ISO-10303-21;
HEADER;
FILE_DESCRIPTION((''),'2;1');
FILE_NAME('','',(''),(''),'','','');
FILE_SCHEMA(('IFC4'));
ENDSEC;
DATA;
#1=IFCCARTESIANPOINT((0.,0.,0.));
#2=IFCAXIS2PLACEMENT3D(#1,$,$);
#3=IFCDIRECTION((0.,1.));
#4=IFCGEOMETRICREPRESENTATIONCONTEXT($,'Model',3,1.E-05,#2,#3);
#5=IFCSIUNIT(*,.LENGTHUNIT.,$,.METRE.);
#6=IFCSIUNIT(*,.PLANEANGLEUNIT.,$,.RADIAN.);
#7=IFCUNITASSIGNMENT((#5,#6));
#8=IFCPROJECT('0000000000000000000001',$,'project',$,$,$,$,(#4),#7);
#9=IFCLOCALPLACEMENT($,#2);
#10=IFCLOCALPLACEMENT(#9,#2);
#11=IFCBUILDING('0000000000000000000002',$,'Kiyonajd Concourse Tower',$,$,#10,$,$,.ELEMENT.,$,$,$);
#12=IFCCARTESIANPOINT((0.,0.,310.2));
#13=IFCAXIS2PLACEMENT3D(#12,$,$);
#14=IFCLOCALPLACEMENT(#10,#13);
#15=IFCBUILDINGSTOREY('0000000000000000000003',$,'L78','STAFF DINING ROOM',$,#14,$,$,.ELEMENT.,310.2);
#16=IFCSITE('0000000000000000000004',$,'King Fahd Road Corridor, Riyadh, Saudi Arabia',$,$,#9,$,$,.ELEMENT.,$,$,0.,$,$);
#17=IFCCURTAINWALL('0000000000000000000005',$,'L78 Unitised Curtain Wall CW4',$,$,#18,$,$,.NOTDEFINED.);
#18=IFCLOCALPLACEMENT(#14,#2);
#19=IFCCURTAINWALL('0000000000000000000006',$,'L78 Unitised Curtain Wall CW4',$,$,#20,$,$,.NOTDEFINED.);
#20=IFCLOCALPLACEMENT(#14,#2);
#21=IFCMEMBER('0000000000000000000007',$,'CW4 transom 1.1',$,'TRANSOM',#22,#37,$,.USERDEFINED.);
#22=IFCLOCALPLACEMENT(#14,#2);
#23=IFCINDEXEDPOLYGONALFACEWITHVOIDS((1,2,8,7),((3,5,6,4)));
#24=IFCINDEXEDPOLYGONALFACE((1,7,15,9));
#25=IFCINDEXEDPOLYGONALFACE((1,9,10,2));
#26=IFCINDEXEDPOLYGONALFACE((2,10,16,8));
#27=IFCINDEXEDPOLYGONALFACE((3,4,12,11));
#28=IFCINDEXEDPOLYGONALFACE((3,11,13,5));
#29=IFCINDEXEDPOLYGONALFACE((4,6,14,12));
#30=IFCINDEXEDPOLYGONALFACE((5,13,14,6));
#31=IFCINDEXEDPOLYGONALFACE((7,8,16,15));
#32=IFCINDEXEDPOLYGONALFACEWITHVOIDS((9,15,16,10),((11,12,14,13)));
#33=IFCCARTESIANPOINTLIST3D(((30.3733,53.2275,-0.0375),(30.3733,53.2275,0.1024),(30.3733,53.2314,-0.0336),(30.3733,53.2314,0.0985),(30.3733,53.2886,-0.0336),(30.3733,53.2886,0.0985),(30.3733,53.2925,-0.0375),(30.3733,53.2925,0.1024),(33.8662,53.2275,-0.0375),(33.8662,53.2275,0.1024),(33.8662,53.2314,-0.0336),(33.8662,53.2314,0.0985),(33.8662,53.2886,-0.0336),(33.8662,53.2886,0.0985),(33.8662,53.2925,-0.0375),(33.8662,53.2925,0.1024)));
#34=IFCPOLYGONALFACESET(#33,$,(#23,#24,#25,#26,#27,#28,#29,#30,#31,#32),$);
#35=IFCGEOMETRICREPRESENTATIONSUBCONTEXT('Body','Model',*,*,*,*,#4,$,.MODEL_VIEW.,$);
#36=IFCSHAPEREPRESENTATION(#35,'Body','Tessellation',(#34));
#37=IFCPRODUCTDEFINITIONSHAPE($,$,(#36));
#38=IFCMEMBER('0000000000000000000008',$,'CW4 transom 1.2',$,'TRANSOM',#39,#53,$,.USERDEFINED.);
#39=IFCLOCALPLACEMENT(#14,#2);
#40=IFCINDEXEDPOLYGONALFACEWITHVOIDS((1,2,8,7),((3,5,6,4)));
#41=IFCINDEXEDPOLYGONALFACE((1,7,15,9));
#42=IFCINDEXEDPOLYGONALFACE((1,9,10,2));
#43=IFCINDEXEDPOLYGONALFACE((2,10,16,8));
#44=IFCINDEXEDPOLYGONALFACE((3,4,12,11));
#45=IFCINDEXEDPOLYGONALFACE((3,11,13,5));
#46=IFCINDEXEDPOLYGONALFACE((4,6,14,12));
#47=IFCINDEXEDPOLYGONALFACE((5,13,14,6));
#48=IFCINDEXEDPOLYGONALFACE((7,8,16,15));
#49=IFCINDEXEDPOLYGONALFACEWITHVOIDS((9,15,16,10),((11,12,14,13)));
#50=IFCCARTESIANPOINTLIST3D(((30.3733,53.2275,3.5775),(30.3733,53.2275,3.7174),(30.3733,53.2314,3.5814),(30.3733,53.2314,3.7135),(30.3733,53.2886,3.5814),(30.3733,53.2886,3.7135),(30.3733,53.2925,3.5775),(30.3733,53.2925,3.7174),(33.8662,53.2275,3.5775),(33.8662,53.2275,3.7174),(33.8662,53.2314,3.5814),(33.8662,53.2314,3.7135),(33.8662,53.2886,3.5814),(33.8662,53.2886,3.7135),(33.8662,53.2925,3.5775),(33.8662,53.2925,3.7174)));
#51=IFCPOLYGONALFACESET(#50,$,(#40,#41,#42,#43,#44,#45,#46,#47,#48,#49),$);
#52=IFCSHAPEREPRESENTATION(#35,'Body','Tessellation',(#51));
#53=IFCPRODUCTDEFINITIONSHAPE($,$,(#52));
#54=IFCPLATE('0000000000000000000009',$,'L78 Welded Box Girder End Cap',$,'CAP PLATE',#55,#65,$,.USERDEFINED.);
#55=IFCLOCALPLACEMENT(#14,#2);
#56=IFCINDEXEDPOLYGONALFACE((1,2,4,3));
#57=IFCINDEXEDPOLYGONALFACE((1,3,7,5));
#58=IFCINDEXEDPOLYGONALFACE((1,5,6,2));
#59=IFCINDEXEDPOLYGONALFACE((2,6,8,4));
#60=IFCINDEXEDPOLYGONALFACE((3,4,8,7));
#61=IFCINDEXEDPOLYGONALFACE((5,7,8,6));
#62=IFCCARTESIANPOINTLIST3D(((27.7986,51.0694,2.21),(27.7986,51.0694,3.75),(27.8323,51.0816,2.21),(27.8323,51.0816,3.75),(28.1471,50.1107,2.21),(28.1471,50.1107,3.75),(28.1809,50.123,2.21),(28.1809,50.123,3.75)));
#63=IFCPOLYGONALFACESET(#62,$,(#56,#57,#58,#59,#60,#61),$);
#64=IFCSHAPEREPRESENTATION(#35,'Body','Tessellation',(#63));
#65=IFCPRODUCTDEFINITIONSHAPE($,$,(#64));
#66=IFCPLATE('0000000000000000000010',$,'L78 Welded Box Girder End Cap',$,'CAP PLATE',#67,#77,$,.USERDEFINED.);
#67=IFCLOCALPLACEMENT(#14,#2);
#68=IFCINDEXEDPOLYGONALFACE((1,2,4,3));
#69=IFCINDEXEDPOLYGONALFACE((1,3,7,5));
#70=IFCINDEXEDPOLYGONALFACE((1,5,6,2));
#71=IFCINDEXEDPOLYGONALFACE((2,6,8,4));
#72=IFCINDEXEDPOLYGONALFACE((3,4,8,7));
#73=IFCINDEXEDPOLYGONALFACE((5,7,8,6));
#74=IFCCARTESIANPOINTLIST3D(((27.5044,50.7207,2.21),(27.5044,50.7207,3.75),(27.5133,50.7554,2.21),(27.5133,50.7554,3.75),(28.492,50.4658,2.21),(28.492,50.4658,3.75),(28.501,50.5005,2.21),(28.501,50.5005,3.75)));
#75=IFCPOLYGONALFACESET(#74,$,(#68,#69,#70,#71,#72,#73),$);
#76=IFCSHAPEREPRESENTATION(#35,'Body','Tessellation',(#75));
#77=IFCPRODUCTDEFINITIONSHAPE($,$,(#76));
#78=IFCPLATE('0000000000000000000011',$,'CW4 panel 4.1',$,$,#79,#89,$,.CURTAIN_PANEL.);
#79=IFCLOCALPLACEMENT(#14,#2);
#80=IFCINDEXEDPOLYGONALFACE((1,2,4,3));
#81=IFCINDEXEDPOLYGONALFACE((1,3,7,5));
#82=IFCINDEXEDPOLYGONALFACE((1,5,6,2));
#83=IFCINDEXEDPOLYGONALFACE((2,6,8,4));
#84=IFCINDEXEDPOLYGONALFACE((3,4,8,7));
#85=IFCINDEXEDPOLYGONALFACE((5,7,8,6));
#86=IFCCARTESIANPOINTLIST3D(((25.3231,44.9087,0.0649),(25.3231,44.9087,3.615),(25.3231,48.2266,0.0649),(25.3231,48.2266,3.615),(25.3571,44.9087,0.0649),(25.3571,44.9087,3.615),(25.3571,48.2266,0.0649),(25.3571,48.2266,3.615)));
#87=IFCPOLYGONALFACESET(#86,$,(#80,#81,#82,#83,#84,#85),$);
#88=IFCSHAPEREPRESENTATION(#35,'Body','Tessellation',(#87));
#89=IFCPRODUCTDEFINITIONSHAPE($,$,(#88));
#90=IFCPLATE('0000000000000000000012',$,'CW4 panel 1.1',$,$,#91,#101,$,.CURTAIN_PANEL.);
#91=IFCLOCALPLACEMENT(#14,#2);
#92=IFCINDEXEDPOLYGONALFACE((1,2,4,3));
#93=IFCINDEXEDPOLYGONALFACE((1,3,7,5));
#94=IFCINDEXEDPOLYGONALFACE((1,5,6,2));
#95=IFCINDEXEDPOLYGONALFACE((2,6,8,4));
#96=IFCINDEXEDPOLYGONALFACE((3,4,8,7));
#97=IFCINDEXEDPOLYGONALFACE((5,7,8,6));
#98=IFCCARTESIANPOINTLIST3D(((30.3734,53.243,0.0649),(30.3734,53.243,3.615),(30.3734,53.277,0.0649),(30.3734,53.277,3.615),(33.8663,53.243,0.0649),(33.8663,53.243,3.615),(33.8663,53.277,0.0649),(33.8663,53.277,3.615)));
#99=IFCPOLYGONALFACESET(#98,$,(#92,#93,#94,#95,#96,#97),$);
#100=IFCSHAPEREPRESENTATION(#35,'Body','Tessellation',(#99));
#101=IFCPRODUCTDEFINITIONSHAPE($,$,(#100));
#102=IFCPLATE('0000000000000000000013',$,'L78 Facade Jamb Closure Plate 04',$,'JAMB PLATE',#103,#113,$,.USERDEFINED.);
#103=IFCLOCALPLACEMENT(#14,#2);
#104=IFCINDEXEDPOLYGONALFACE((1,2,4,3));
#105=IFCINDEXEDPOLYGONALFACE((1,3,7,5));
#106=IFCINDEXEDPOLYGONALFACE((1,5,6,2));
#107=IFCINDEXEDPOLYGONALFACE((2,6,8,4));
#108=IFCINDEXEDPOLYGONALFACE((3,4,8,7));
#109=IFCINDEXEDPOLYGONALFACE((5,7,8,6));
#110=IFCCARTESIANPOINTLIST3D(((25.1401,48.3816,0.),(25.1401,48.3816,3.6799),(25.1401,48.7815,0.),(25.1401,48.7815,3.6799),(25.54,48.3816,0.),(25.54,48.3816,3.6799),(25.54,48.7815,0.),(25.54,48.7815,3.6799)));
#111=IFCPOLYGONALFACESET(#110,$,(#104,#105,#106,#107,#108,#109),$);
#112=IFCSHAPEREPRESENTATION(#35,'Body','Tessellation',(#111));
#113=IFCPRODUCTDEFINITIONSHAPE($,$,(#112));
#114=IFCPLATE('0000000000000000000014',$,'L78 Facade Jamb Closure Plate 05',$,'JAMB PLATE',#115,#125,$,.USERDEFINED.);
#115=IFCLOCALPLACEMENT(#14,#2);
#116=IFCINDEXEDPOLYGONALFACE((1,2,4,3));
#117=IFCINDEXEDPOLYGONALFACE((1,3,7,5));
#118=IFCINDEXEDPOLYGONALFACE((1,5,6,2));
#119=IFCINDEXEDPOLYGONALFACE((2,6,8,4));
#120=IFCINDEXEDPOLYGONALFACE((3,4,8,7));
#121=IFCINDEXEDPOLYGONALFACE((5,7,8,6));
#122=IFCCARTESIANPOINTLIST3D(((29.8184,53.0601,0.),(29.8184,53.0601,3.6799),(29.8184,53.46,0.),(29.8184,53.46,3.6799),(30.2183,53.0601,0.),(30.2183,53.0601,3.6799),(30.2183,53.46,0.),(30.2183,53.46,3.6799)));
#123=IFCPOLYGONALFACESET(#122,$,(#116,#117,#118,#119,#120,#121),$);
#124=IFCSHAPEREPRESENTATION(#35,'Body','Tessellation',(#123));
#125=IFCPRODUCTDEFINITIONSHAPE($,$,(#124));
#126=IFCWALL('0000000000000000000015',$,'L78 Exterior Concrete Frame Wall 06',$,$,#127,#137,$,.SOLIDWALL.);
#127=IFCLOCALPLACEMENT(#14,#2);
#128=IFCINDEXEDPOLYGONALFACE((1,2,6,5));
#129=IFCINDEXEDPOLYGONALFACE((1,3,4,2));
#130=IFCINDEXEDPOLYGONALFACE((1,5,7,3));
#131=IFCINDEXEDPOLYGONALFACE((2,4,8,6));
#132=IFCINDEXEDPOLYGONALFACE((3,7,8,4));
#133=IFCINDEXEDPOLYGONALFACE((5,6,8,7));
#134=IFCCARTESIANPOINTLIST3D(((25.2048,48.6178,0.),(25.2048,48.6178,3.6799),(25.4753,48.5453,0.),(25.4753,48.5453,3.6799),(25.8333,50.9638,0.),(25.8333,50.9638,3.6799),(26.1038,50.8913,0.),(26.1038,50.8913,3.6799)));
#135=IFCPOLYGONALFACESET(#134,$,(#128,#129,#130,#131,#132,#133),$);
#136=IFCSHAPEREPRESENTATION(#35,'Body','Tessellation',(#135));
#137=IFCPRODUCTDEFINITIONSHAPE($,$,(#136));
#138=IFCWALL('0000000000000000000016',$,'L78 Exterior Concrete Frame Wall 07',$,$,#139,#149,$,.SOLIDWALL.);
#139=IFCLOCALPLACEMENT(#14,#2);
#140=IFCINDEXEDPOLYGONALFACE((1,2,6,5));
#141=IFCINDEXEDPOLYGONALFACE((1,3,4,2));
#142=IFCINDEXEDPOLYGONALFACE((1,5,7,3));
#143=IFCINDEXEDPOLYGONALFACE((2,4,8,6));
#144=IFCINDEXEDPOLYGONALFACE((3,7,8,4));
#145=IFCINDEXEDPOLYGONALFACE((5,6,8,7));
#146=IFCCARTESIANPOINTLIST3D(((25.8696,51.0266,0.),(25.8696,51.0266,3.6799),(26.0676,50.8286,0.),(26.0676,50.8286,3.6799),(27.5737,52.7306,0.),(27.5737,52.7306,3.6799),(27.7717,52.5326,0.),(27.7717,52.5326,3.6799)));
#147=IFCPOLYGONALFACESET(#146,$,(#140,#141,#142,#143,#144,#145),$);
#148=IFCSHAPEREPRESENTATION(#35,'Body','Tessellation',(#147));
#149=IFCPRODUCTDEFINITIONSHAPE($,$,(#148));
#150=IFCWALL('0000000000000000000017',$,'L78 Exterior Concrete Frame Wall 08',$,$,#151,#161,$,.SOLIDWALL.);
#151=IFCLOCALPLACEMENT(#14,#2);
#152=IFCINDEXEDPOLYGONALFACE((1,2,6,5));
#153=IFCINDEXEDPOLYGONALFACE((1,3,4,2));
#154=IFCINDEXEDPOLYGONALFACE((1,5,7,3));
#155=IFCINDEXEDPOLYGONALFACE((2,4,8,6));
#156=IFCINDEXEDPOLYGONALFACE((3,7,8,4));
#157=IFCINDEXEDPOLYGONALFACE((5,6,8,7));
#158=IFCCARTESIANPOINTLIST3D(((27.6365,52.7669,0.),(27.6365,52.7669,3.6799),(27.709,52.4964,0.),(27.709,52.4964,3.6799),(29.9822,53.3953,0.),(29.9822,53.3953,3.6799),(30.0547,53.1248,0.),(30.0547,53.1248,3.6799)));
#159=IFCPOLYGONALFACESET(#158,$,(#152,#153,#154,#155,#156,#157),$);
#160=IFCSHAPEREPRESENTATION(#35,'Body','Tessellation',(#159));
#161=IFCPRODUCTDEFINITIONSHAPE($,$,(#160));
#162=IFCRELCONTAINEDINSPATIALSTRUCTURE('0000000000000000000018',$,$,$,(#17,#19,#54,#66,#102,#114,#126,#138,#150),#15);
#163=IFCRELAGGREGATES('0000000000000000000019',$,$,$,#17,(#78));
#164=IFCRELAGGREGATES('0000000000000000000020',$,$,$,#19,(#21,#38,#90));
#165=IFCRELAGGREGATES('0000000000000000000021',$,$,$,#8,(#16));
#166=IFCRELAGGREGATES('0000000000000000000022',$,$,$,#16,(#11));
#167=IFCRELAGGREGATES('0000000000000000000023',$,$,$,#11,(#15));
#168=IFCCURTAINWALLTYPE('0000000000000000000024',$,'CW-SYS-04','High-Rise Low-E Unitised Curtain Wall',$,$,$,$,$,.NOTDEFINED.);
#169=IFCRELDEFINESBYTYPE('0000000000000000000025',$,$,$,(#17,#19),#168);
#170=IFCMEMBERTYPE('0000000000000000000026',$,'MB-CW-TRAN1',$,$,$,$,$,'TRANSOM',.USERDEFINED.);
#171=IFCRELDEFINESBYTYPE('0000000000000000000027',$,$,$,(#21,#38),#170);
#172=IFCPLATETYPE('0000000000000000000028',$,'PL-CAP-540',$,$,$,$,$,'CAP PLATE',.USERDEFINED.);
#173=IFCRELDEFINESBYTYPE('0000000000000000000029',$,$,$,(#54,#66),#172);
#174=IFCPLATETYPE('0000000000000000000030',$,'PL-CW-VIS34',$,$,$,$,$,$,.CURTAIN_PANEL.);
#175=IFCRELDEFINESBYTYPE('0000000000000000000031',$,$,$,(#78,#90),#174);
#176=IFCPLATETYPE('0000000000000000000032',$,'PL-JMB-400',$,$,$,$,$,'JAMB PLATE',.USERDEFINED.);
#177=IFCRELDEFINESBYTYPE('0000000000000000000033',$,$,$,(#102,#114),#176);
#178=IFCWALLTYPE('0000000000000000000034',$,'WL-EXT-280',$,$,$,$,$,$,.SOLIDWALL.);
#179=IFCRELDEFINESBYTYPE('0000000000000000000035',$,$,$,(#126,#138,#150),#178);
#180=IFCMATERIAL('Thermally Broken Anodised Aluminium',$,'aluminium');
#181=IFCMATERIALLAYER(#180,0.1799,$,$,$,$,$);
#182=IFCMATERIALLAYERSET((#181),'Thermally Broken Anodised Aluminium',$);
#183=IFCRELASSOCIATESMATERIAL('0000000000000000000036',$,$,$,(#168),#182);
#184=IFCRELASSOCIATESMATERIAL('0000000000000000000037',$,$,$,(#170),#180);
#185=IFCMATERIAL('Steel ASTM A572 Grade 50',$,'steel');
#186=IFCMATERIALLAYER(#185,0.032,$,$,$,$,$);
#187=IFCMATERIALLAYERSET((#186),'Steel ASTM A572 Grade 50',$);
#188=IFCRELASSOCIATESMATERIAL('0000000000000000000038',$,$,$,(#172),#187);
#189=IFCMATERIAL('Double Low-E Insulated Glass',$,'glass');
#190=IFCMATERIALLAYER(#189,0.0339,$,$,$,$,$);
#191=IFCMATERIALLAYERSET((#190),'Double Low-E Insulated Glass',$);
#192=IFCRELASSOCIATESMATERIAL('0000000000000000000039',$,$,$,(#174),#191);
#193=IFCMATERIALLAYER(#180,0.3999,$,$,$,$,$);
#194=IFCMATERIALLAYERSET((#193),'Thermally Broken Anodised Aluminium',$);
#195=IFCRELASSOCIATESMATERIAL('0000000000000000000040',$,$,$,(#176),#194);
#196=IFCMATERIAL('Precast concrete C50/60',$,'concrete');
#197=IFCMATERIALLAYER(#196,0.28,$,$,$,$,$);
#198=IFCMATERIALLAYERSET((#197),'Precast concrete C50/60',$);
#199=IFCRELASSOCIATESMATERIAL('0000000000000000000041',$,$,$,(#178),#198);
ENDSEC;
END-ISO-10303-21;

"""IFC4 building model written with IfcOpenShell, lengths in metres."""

from ifc_helpers import new_model, si_unit, direction, frame, frame_2d, origin, origin_2d, place, context, subcontext, project, spatial, rectangle, hollow_rectangle, extrude, material, layer, layer_set, material_profile, profile_set, type_object, element, aggregate, save


model = new_model("IFC4")

# Units and contexts
model_context = context("Model", 3, precision=1e-05, world=origin(), true_north=direction((0.0, 1.0)))
body_context = subcontext(model_context, "Body", "Model", "MODEL_VIEW")
ifc_project = project(units=[si_unit("LENGTHUNIT", "METRE"), si_unit("PLANEANGLEUNIT", "RADIAN")], contexts=[model_context])

# Site, building, storey
site_placement = place(None, origin())
site = spatial("IfcSite", under=ifc_project, at=site_placement, Name="King Fahd Road Corridor, Riyadh, Saudi Arabia", CompositionType="ELEMENT", RefElevation=0.0)
building_placement = place(site_placement, origin())
building = spatial("IfcBuilding", under=site, at=building_placement, Name="Kiyonajd Concourse Tower", CompositionType="ELEMENT")
storey_placement = place(building_placement, frame((0.0, 0.0, 310.2)))
storey = spatial("IfcBuildingStorey", under=building, at=storey_placement, Name="L78", Description="STAFF DINING ROOM", CompositionType="ELEMENT", Elevation=310.2)

# Shared definitions
ifc_material_1 = material(Name="Steel ASTM A572 Grade 50", Category="steel")

# Curtain wall
ifc_material_2 = material(Name="Thermally Broken Anodised Aluminium", Category="aluminium")
ifc_layer_1 = layer(ifc_material_2, 0.1799)
ifc_layer_set_1 = layer_set([ifc_layer_1], Name="Thermally Broken Anodised Aluminium")
curtain_wall_type = type_object("IfcCurtainWallType", Name="CW-SYS-04", Description="High-Rise Low-E Unitised Curtain Wall", PredefinedType="NOTDEFINED", material=ifc_layer_set_1)
curtain_wall_1_placement = place(storey_placement, origin())
curtain_wall_1 = element("IfcCurtainWall", 1, at=curtain_wall_1_placement, inside=storey, type_object=curtain_wall_type, Name="L78 Unitised Curtain Wall CW4", PredefinedType="NOTDEFINED")

# Curtain wall
curtain_wall_2_placement = place(storey_placement, origin())
curtain_wall_2 = element("IfcCurtainWall", 2, at=curtain_wall_2_placement, inside=storey, type_object=curtain_wall_type, Name="L78 Unitised Curtain Wall CW4", PredefinedType="NOTDEFINED")

# Members
ifc_material_profile_1 = material_profile(ifc_material_2, hollow_rectangle(XDim=0.0649, YDim=0.1399, WallThickness=0.0039, at=origin_2d()), Name="TRAN-65x140")
ifc_profile_set_1 = profile_set([ifc_material_profile_1], Name="Thermally Broken Anodised Aluminium")
member_type_1 = type_object("IfcMemberType", Name="MB-CW-TRAN1", ElementType="TRANSOM", PredefinedType="USERDEFINED", material=ifc_profile_set_1)
member_1_placement = place(storey_placement, frame((30.3733, 53.26, 0.0325), z_axis=(1.0, 0.0, 0.0), x_axis=(0.0, 1.0, 0.0)))
member_1 = element("IfcMember", 3, at=member_1_placement, type_object=member_type_1, Name="CW4 transom 1.1", ObjectType="TRANSOM", PredefinedType="USERDEFINED", context=body_context, shape_type="SweptSolid", body=[
    extrude(hollow_rectangle(XDim=0.0649, YDim=0.1399, WallThickness=0.0039, at=origin_2d()), origin(), (0.0, 0.0, 1.0), 3.4929),
])
member_2_placement = place(storey_placement, frame((30.3733, 53.26, 3.6475), z_axis=(1.0, 0.0, 0.0), x_axis=(0.0, 1.0, 0.0)))
member_2 = element("IfcMember", 4, at=member_2_placement, type_object=member_type_1, Name="CW4 transom 1.2", ObjectType="TRANSOM", PredefinedType="USERDEFINED", context=body_context, shape_type="SweptSolid", body=[
    extrude(hollow_rectangle(XDim=0.0649, YDim=0.1399, WallThickness=0.0039, at=origin_2d()), origin(), (0.0, 0.0, 1.0), 3.4929),
])

# Plates
ifc_layer_2 = layer(ifc_material_1, 0.032)
ifc_layer_set_2 = layer_set([ifc_layer_2], Name="Steel ASTM A572 Grade 50")
plate_type_1 = type_object("IfcPlateType", Name="PL-CAP-540", ElementType="CAP PLATE", PredefinedType="USERDEFINED", material=ifc_layer_set_2)
for number, where, z_axis, x_axis, name in (
    (5, (27.9897, 50.5962, 2.21), (0.0, 0.0, 1.0), (-0.939812, -0.341692, 0.0), "L78 Welded Box Girder End Cap"),
    (6, (28.0027, 50.6106, 2.21), (0.0, 0.0, 1.0), (0.249873, 0.968279, 0.0), "L78 Welded Box Girder End Cap"),
):
    element("IfcPlate", number, at=place(storey_placement, frame(where, z_axis=z_axis, x_axis=x_axis)), inside=storey, type_object=plate_type_1, Name=name, ObjectType="CAP PLATE", PredefinedType="USERDEFINED", context=body_context, shape_type="SweptSolid", body=[
        extrude(rectangle(XDim=0.0359, YDim=1.02, at=origin_2d()), origin(), (0.0, 0.0, 1.0), 1.54),
    ])

# Plates
ifc_material_3 = material(Name="Double Low-E Insulated Glass", Category="glass")
ifc_layer_3 = layer(ifc_material_3, 0.0339)
ifc_layer_set_3 = layer_set([ifc_layer_3], Name="Double Low-E Insulated Glass")
plate_type_2 = type_object("IfcPlateType", Name="PL-CW-VIS34", PredefinedType="CURTAIN_PANEL", material=ifc_layer_set_3)
plate_1_placement = place(storey_placement, frame((25.3401, 46.5676, 0.0649), z_axis=(0.0, 0.0, 1.0), x_axis=(0.0, 1.0, 0.0)))
plate_1 = element("IfcPlate", 7, at=plate_1_placement, type_object=plate_type_2, Name="CW4 panel 4.1", PredefinedType="CURTAIN_PANEL", context=body_context, shape_type="SweptSolid", body=[
    extrude(rectangle(XDim=3.3179, YDim=0.0339, at=origin_2d()), origin(), (0.0, 0.0, 1.0), 3.55),
])
aggregate(curtain_wall_1, [plate_1])
plate_2_placement = place(storey_placement, frame((32.1199, 53.26, 0.0649), z_axis=(0.0, 0.0, 1.0), x_axis=(1.0, 0.0, 0.0)))
plate_2 = element("IfcPlate", 8, at=plate_2_placement, type_object=plate_type_2, Name="CW4 panel 1.1", PredefinedType="CURTAIN_PANEL", context=body_context, shape_type="SweptSolid", body=[
    extrude(rectangle(XDim=3.4929, YDim=0.0339, at=origin_2d()), origin(), (0.0, 0.0, 1.0), 3.55),
])
aggregate(curtain_wall_2, [member_1, member_2, plate_2])

# Plates
ifc_layer_4 = layer(ifc_material_2, 0.3999)
ifc_layer_set_4 = layer_set([ifc_layer_4], Name="Thermally Broken Anodised Aluminium")
plate_type_3 = type_object("IfcPlateType", Name="PL-JMB-400", ElementType="JAMB PLATE", PredefinedType="USERDEFINED", material=ifc_layer_set_4)
for number, where, z_axis, x_axis, name in (
    (9, (25.3401, 48.5815, 0.0), (0.0, 0.0, 1.0), (1.0, 0.0, 0.0), "L78 Facade Jamb Closure Plate 04"),
    (10, (30.0183, 53.26, 0.0), (0.0, 0.0, 1.0), (1.0, 0.0, 0.0), "L78 Facade Jamb Closure Plate 05"),
):
    element("IfcPlate", number, at=place(storey_placement, frame(where, z_axis=z_axis, x_axis=x_axis)), inside=storey, type_object=plate_type_3, Name=name, ObjectType="JAMB PLATE", PredefinedType="USERDEFINED", context=body_context, shape_type="SweptSolid", body=[
        extrude(rectangle(XDim=0.3999, YDim=0.3999, at=origin_2d()), origin(), (0.0, 0.0, 1.0), 3.6799),
    ])

# Walls
ifc_material_4 = material(Name="Precast concrete C50/60", Category="concrete")
ifc_layer_5 = layer(ifc_material_4, 0.28)
ifc_layer_set_5 = layer_set([ifc_layer_5], Name="Precast concrete C50/60")
wall_type_1 = type_object("IfcWallType", Name="WL-EXT-280", PredefinedType="SOLIDWALL", material=ifc_layer_set_5)
wall_1_placement = place(storey_placement, frame((25.3401, 48.5815, 0.0), z_axis=(0.0, 0.0, 1.0), x_axis=(0.258751, 0.965944, 0.0)))
element("IfcWall", 11, at=wall_1_placement, inside=storey, type_object=wall_type_1, Name="L78 Exterior Concrete Frame Wall 06", PredefinedType="SOLIDWALL", context=body_context, shape_type="SweptSolid", body=[
    extrude(rectangle(XDim=2.4287, YDim=0.28, at=frame_2d((1.2144, 0.0))), origin(), (0.0, 0.0, 1.0), 3.6799),
])
wall_2_placement = place(storey_placement, frame((25.9685, 50.9275, 0.0), z_axis=(0.0, 0.0, 1.0), x_axis=(0.707107, 0.707107, 0.0)))
element("IfcWall", 12, at=wall_2_placement, inside=storey, type_object=wall_type_1, Name="L78 Exterior Concrete Frame Wall 07", PredefinedType="SOLIDWALL", context=body_context, shape_type="SweptSolid", body=[
    extrude(rectangle(XDim=2.4099, YDim=0.28, at=frame_2d((1.2051, 0.0))), origin(), (0.0, 0.0, 1.0), 3.6799),
])
wall_3_placement = place(storey_placement, frame((27.6726, 52.6316, 0.0), z_axis=(0.0, 0.0, 1.0), x_axis=(0.965937, 0.258776, 0.0)))
element("IfcWall", 13, at=wall_3_placement, inside=storey, type_object=wall_type_1, Name="L78 Exterior Concrete Frame Wall 08", PredefinedType="SOLIDWALL", context=body_context, shape_type="SweptSolid", body=[
    extrude(rectangle(XDim=2.4285, YDim=0.28, at=frame_2d((1.2144, 0.0))), origin(), (0.0, 0.0, 1.0), 3.6799),
])

save(model, "model.ifc")
